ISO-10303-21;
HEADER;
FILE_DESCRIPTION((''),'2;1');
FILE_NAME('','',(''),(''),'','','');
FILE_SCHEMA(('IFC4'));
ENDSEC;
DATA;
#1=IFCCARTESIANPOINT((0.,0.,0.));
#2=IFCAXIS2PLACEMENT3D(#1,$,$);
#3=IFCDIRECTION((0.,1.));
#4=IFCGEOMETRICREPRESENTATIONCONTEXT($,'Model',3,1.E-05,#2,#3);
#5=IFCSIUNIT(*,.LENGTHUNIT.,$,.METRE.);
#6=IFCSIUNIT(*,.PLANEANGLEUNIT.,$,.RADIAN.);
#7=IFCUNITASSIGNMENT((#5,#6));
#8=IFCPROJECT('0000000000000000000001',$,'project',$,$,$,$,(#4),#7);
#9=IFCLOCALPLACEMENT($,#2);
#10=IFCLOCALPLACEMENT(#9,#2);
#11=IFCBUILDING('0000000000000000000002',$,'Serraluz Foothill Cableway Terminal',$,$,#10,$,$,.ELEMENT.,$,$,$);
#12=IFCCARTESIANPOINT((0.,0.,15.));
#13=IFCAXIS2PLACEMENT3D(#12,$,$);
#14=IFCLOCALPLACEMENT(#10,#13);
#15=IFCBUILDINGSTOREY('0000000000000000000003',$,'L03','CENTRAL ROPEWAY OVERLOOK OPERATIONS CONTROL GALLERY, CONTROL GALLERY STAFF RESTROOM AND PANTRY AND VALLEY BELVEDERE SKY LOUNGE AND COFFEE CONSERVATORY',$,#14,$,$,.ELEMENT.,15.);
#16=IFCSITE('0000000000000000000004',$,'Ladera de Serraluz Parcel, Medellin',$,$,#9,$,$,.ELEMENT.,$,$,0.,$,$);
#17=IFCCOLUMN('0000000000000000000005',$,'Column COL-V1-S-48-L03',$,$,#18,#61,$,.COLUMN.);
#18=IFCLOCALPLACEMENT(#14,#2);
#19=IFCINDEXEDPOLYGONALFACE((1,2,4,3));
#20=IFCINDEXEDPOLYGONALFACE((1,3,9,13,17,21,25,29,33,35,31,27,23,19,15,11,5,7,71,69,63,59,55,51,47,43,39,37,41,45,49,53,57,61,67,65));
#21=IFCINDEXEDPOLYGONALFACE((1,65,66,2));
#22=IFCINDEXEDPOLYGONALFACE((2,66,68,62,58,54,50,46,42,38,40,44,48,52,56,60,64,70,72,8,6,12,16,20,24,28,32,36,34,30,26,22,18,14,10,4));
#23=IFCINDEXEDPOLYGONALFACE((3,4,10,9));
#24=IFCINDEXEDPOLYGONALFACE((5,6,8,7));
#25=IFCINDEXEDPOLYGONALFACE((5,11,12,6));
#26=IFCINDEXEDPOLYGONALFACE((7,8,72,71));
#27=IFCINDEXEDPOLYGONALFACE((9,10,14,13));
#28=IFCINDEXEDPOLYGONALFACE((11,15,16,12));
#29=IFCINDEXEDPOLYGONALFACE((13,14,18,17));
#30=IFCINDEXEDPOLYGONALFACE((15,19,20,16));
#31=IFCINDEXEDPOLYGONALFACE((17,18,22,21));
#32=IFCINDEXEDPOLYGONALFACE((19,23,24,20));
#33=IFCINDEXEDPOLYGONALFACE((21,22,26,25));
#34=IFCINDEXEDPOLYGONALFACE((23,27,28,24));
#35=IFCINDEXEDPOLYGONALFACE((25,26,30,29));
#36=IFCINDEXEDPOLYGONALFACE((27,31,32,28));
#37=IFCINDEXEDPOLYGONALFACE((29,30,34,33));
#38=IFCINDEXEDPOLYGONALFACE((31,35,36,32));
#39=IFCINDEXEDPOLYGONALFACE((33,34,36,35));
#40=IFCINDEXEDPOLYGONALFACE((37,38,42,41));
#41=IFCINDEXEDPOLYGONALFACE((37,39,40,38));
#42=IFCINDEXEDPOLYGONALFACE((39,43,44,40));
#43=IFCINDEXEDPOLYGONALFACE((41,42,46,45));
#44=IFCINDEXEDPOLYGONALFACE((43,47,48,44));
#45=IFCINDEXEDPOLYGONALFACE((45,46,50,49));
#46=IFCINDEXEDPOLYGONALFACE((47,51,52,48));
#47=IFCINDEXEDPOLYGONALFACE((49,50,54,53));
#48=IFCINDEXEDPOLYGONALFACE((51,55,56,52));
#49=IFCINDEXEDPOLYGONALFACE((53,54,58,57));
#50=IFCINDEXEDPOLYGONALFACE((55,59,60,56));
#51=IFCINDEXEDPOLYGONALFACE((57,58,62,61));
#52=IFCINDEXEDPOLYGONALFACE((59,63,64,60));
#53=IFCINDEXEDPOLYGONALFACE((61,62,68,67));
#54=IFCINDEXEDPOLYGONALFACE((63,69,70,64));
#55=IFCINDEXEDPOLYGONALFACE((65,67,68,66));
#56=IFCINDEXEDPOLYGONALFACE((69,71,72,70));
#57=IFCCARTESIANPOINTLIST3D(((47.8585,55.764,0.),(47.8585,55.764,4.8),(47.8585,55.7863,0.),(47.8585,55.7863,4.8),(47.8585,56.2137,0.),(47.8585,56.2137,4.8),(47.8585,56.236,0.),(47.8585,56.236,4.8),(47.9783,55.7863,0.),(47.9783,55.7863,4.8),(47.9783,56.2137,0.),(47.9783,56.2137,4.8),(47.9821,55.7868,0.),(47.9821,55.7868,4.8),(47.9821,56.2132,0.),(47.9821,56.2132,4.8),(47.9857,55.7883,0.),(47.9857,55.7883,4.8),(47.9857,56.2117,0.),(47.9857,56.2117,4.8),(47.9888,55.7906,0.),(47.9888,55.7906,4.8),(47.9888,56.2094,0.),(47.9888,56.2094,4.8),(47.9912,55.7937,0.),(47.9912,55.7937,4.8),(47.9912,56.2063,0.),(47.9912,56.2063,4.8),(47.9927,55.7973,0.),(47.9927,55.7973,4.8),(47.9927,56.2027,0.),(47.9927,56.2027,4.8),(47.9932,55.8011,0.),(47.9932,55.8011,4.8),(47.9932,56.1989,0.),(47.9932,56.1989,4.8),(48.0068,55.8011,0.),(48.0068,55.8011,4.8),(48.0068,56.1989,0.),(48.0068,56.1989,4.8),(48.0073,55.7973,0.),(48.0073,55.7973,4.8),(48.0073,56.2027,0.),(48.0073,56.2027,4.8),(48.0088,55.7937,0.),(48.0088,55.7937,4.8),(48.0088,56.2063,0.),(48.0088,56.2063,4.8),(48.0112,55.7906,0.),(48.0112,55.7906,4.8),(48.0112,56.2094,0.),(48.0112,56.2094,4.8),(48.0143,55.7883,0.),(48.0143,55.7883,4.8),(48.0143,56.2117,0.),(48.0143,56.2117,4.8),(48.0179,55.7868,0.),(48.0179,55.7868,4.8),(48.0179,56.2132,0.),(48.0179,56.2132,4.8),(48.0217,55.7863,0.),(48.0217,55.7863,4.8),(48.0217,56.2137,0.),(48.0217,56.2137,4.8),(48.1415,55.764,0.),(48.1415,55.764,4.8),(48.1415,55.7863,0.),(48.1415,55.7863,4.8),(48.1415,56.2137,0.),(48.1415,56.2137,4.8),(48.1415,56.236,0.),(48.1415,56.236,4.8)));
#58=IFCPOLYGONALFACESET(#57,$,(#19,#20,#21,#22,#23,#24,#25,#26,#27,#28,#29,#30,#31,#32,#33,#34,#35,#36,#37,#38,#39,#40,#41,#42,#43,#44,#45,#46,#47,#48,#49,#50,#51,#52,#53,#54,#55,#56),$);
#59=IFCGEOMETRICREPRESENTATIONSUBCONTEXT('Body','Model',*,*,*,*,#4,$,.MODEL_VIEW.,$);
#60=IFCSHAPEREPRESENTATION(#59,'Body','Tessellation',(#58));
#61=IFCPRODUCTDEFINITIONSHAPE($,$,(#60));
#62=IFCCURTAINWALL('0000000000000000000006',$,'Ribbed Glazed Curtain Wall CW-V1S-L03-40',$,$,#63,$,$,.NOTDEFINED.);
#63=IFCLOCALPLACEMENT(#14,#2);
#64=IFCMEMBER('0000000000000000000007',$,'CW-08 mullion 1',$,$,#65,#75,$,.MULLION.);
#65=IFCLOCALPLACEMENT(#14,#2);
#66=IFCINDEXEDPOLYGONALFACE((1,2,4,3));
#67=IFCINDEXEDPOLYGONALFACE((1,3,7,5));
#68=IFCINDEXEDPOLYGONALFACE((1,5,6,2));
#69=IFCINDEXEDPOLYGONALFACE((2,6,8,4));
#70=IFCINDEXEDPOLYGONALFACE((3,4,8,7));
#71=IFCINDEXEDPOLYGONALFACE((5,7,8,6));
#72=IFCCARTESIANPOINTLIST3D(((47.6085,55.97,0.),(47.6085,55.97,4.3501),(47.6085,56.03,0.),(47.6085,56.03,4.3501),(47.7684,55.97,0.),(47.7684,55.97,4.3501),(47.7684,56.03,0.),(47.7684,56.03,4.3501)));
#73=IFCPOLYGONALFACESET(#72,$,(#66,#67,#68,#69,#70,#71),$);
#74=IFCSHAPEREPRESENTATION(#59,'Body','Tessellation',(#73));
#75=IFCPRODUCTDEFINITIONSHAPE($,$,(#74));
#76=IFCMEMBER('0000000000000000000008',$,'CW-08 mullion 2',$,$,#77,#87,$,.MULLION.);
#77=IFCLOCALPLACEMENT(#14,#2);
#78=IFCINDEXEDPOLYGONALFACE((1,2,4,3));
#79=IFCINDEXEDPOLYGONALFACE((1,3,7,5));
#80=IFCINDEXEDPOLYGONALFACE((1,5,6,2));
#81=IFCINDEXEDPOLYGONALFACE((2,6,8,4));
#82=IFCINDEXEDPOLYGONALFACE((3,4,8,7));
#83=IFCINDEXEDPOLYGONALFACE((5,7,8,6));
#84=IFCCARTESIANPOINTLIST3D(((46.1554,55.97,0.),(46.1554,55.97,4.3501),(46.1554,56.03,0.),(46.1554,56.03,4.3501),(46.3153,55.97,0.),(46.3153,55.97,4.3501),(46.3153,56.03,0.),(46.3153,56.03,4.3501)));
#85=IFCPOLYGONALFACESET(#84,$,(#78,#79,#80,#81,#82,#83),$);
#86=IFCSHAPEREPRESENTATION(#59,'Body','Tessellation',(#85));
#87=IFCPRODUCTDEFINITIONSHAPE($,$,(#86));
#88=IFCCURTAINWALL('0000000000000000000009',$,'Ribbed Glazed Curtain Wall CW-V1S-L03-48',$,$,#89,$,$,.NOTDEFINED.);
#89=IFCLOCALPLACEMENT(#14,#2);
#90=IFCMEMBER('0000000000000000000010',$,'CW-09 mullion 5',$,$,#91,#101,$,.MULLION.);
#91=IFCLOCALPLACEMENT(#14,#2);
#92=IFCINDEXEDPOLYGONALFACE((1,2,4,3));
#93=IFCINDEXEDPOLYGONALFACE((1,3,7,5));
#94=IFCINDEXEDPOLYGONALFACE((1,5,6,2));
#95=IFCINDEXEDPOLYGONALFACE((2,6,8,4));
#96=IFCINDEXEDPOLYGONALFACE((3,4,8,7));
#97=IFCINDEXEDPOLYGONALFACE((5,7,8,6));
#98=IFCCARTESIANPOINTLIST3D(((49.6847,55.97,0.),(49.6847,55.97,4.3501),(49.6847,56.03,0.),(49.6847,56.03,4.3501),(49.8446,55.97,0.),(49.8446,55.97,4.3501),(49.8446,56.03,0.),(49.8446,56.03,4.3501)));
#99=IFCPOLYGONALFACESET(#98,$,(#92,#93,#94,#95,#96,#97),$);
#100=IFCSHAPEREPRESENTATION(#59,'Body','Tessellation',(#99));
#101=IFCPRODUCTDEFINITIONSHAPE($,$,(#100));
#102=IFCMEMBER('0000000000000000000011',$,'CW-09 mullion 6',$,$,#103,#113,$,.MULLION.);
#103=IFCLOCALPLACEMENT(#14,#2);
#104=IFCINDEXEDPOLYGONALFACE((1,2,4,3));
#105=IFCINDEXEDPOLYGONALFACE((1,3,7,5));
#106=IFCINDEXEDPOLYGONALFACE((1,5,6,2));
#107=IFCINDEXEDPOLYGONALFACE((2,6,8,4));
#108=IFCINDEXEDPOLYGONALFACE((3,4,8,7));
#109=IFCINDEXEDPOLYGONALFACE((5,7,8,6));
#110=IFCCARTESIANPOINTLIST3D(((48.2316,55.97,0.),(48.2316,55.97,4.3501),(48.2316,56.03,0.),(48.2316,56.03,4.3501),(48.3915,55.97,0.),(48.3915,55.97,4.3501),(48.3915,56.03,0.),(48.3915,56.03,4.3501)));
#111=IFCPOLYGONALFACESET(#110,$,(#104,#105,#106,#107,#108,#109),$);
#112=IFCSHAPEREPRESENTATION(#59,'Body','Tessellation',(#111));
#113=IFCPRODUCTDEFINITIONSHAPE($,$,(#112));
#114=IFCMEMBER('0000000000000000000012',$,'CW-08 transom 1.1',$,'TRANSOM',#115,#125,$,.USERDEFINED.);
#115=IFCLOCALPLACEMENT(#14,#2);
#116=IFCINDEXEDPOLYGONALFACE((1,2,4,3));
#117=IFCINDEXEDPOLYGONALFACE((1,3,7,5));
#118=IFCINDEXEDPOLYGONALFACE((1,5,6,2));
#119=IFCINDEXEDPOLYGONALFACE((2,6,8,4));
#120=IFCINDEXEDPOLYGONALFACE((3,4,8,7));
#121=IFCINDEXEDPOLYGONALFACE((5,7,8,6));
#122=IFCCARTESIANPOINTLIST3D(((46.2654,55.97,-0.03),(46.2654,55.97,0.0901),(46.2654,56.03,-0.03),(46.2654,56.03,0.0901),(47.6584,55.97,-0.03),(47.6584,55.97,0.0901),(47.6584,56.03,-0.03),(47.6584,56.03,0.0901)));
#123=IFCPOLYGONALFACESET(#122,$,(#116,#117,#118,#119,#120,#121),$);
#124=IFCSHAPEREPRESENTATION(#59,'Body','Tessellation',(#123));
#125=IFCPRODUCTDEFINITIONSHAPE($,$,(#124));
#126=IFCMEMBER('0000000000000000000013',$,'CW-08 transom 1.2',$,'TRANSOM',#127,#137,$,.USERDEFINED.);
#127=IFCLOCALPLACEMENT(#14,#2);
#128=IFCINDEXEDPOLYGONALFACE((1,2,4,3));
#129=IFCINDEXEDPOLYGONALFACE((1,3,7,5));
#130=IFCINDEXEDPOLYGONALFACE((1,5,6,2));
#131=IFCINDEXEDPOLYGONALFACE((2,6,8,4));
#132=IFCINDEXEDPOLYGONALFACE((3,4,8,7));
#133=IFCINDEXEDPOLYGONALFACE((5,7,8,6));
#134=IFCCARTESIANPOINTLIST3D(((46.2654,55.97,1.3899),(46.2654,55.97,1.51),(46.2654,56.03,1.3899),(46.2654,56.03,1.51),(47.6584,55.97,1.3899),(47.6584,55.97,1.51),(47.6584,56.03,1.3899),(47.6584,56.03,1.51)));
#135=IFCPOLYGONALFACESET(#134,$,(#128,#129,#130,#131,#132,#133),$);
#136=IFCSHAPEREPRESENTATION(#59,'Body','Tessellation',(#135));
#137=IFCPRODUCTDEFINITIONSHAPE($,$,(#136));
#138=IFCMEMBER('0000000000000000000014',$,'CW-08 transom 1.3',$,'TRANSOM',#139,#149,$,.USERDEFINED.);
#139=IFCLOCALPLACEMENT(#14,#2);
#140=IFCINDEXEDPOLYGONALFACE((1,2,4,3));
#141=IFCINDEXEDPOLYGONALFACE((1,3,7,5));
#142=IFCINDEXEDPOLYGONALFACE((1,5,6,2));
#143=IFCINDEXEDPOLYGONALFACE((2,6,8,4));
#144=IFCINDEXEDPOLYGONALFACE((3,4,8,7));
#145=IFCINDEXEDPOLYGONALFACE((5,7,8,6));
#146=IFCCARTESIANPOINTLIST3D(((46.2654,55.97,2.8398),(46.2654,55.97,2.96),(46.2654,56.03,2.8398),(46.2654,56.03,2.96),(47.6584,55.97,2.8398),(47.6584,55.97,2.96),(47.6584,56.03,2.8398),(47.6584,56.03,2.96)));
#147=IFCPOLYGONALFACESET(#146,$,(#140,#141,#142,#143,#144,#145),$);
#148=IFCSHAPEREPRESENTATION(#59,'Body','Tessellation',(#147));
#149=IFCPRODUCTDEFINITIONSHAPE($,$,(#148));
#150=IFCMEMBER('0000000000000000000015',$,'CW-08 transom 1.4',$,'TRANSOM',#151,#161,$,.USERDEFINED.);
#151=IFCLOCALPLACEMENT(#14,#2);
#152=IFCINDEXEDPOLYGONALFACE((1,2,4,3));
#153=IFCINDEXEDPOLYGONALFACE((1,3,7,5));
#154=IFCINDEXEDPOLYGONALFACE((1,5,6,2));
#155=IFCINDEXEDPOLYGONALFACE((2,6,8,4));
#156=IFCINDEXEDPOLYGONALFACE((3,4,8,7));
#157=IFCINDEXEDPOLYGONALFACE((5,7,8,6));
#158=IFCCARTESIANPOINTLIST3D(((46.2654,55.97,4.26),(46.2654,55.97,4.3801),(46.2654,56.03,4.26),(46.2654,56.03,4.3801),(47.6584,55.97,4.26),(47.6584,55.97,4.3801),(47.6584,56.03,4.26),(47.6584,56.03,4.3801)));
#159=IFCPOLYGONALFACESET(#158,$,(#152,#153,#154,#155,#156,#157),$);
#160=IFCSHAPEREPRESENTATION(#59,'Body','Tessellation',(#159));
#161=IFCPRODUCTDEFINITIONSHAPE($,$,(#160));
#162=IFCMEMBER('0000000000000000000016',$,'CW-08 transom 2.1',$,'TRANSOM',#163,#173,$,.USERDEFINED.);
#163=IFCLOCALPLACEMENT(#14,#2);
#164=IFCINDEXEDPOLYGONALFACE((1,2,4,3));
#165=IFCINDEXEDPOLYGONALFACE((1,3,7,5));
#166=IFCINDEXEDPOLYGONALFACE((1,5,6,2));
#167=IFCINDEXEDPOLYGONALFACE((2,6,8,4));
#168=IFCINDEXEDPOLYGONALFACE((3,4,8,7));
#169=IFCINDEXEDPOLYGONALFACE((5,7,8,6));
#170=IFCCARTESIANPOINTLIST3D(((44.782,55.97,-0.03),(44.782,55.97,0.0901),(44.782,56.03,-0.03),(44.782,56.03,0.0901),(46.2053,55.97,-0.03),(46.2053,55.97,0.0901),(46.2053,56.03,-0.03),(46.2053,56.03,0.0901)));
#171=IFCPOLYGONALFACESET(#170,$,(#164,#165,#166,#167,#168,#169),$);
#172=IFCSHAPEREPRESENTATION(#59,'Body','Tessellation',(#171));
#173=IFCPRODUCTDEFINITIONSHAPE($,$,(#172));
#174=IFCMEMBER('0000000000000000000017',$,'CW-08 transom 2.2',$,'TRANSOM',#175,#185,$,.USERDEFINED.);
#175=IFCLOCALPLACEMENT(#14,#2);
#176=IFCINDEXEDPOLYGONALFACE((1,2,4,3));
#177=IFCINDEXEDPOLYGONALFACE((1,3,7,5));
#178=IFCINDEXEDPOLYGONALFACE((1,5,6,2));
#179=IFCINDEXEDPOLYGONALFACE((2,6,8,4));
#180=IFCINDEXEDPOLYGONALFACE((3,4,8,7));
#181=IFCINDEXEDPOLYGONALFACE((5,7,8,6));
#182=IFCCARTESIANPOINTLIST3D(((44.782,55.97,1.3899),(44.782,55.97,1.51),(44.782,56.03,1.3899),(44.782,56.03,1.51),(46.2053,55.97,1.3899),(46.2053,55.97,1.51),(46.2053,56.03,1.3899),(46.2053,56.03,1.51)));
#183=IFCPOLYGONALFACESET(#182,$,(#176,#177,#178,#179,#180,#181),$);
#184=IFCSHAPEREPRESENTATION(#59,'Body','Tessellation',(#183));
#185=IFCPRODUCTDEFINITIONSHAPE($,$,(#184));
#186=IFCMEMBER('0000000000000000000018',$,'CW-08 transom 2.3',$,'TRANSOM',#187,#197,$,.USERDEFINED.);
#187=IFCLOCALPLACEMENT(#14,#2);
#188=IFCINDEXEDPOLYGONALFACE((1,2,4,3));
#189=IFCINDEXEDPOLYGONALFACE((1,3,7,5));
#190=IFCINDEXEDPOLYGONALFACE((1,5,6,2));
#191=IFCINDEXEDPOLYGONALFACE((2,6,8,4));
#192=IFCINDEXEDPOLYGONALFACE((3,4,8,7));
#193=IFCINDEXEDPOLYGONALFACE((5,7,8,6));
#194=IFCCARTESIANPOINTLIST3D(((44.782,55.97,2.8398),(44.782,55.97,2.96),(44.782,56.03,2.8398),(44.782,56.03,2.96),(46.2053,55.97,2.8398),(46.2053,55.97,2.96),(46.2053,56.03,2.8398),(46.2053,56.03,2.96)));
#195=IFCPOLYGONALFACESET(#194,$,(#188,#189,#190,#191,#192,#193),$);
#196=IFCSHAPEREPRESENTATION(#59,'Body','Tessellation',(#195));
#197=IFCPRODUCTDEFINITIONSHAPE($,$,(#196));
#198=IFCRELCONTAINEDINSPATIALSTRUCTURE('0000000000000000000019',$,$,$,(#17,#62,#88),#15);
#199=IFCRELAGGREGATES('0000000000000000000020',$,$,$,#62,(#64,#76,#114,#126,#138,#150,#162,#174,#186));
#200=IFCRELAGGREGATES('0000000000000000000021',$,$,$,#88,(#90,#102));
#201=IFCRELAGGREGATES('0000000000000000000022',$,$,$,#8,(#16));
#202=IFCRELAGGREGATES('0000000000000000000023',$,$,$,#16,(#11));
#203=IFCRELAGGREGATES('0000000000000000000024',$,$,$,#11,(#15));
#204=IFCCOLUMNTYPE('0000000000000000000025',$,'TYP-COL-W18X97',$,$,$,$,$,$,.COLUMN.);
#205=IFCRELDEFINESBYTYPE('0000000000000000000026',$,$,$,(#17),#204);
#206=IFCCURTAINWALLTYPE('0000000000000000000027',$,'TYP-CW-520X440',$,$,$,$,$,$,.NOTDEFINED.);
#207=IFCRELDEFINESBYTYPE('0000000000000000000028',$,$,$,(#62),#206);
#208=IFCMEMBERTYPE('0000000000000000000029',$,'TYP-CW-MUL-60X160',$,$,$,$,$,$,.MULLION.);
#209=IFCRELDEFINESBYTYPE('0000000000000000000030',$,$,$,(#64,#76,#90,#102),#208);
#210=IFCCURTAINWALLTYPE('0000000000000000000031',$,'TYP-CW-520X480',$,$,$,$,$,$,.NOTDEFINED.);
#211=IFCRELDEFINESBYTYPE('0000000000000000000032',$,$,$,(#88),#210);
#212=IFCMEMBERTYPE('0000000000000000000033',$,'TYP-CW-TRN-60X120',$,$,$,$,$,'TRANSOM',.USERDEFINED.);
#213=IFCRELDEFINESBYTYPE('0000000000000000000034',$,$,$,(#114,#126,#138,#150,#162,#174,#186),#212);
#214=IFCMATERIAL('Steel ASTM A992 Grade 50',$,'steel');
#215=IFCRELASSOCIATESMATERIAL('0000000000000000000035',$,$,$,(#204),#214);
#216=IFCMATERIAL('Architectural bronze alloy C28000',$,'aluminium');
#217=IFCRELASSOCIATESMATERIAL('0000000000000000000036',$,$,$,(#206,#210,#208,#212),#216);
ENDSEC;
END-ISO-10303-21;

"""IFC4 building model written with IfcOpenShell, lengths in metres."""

from ifc_helpers import new_model, si_unit, direction, frame, origin, origin_2d, place, context, subcontext, project, spatial, rectangle, i_section, extrude, material, material_profile, profile_set, type_object, element, aggregate, save


model = new_model("IFC4")

# Units and contexts
model_context = context("Model", 3, precision=1e-05, world=origin(), true_north=direction((0.0, 1.0)))
body_context = subcontext(model_context, "Body", "Model", "MODEL_VIEW")
ifc_project = project(units=[si_unit("LENGTHUNIT", "METRE"), si_unit("PLANEANGLEUNIT", "RADIAN")], contexts=[model_context])

# Site, building, storey
site_placement = place(None, origin())
site = spatial("IfcSite", under=ifc_project, at=site_placement, Name="Ladera de Serraluz Parcel, Medellin", CompositionType="ELEMENT", RefElevation=0.0)
building_placement = place(site_placement, origin())
building = spatial("IfcBuilding", under=site, at=building_placement, Name="Serraluz Foothill Cableway Terminal", CompositionType="ELEMENT")
storey_placement = place(building_placement, frame((0.0, 0.0, 15.0)))
storey = spatial("IfcBuildingStorey", under=building, at=storey_placement, Name="L03", Description="CENTRAL ROPEWAY OVERLOOK OPERATIONS CONTROL GALLERY, CONTROL GALLERY STAFF RESTROOM AND PANTRY AND VALLEY BELVEDERE SKY LOUNGE AND COFFEE CONSERVATORY", CompositionType="ELEMENT", Elevation=15.0)

# Column
ifc_material_1 = material(Name="Steel ASTM A992 Grade 50", Category="steel")
ifc_material_profile_1 = material_profile(ifc_material_1, i_section(OverallWidth=0.283, OverallDepth=0.4719, WebThickness=0.0137, FlangeThickness=0.0222, FilletRadius=0.0149, at=origin_2d()), Name="W18X97")
ifc_profile_set_1 = profile_set([ifc_material_profile_1], Name="Steel ASTM A992 Grade 50")
column_type = type_object("IfcColumnType", Name="TYP-COL-W18X97", PredefinedType="COLUMN", material=ifc_profile_set_1)
column_placement = place(storey_placement, frame((48.0, 56.0, 0.0), z_axis=(0.0, 0.0, 1.0), x_axis=(1.0, 0.0, 0.0)))
element("IfcColumn", 1, at=column_placement, inside=storey, type_object=column_type, Name="Column COL-V1-S-48-L03", PredefinedType="COLUMN", context=body_context, shape_type="SweptSolid", body=[
    extrude(i_section(OverallWidth=0.283, OverallDepth=0.4719, WebThickness=0.0137, FlangeThickness=0.0222, FilletRadius=0.0149, at=origin_2d()), origin(), (0.0, 0.0, 1.0), 4.8),
])

# Curtain walls, members
ifc_material_2 = material(Name="Architectural bronze alloy C28000", Category="aluminium")
curtain_wall_type_1 = type_object("IfcCurtainWallType", Name="TYP-CW-520X440", PredefinedType="NOTDEFINED", material=ifc_material_2)
curtain_wall_1_placement = place(storey_placement, origin())
curtain_wall_1 = element("IfcCurtainWall", 2, at=curtain_wall_1_placement, inside=storey, type_object=curtain_wall_type_1, Name="Ribbed Glazed Curtain Wall CW-V1S-L03-40", PredefinedType="NOTDEFINED")
ifc_material_profile_2 = material_profile(ifc_material_2, rectangle(XDim=0.0601, YDim=0.1599, at=origin_2d()), Name="ALU MULLION 60x160")
ifc_profile_set_2 = profile_set([ifc_material_profile_2], Name="Architectural bronze alloy C28000")
member_type_1 = type_object("IfcMemberType", Name="TYP-CW-MUL-60X160", PredefinedType="MULLION", material=ifc_profile_set_2)
member_1_placement = place(storey_placement, frame((47.6885, 56.0, 0.0), z_axis=(0.0, 0.0, 1.0), x_axis=(0.0, -1.0, 0.0)))
member_1 = element("IfcMember", 3, at=member_1_placement, type_object=member_type_1, Name="CW-08 mullion 1", PredefinedType="MULLION", context=body_context, shape_type="SweptSolid", body=[
    extrude(rectangle(XDim=0.0601, YDim=0.1599, at=origin_2d()), origin(), (0.0, 0.0, 1.0), 4.3501),
])
member_2_placement = place(storey_placement, frame((46.2354, 56.0, 0.0), z_axis=(0.0, 0.0, 1.0), x_axis=(0.0, -1.0, 0.0)))
member_2 = element("IfcMember", 4, at=member_2_placement, type_object=member_type_1, Name="CW-08 mullion 2", PredefinedType="MULLION", context=body_context, shape_type="SweptSolid", body=[
    extrude(rectangle(XDim=0.0601, YDim=0.1599, at=origin_2d()), origin(), (0.0, 0.0, 1.0), 4.3501),
])
curtain_wall_type_2 = type_object("IfcCurtainWallType", Name="TYP-CW-520X480", PredefinedType="NOTDEFINED", material=ifc_material_2)
curtain_wall_2_placement = place(storey_placement, origin())
curtain_wall_2 = element("IfcCurtainWall", 5, at=curtain_wall_2_placement, inside=storey, type_object=curtain_wall_type_2, Name="Ribbed Glazed Curtain Wall CW-V1S-L03-48", PredefinedType="NOTDEFINED")
member_3_placement = place(storey_placement, frame((49.7646, 56.0, 0.0), z_axis=(0.0, 0.0, 1.0), x_axis=(0.0, -1.0, 0.0)))
member_3 = element("IfcMember", 6, at=member_3_placement, type_object=member_type_1, Name="CW-09 mullion 5", PredefinedType="MULLION", context=body_context, shape_type="SweptSolid", body=[
    extrude(rectangle(XDim=0.0601, YDim=0.1599, at=origin_2d()), origin(), (0.0, 0.0, 1.0), 4.3501),
])
member_4_placement = place(storey_placement, frame((48.3115, 56.0, 0.0), z_axis=(0.0, 0.0, 1.0), x_axis=(0.0, -1.0, 0.0)))
member_4 = element("IfcMember", 7, at=member_4_placement, type_object=member_type_1, Name="CW-09 mullion 6", PredefinedType="MULLION", context=body_context, shape_type="SweptSolid", body=[
    extrude(rectangle(XDim=0.0601, YDim=0.1599, at=origin_2d()), origin(), (0.0, 0.0, 1.0), 4.3501),
])

# Members
ifc_material_profile_3 = material_profile(ifc_material_2, rectangle(XDim=0.0601, YDim=0.1201, at=origin_2d()), Name="ALU TRANSOM 60x120")
ifc_profile_set_3 = profile_set([ifc_material_profile_3], Name="Architectural bronze alloy C28000")
member_type_2 = type_object("IfcMemberType", Name="TYP-CW-TRN-60X120", ElementType="TRANSOM", PredefinedType="USERDEFINED", material=ifc_profile_set_3)
member_5_placement = place(storey_placement, frame((47.6584, 56.0, 0.03), z_axis=(-1.0, 0.0, 0.0), x_axis=(0.0, -1.0, 0.0)))
member_5 = element("IfcMember", 8, at=member_5_placement, type_object=member_type_2, Name="CW-08 transom 1.1", ObjectType="TRANSOM", PredefinedType="USERDEFINED", context=body_context, shape_type="SweptSolid", body=[
    extrude(rectangle(XDim=0.0601, YDim=0.1201, at=origin_2d()), origin(), (0.0, 0.0, 1.0), 1.3931),
])
member_6_placement = place(storey_placement, frame((47.6584, 56.0, 1.45), z_axis=(-1.0, 0.0, 0.0), x_axis=(0.0, -1.0, 0.0)))
member_6 = element("IfcMember", 9, at=member_6_placement, type_object=member_type_2, Name="CW-08 transom 1.2", ObjectType="TRANSOM", PredefinedType="USERDEFINED", context=body_context, shape_type="SweptSolid", body=[
    extrude(rectangle(XDim=0.0601, YDim=0.1201, at=origin_2d()), origin(), (0.0, 0.0, 1.0), 1.3931),
])
member_7_placement = place(storey_placement, frame((47.6584, 56.0, 2.8999), z_axis=(-1.0, 0.0, 0.0), x_axis=(0.0, -1.0, 0.0)))
member_7 = element("IfcMember", 10, at=member_7_placement, type_object=member_type_2, Name="CW-08 transom 1.3", ObjectType="TRANSOM", PredefinedType="USERDEFINED", context=body_context, shape_type="SweptSolid", body=[
    extrude(rectangle(XDim=0.0601, YDim=0.1201, at=origin_2d()), origin(), (0.0, 0.0, 1.0), 1.3931),
])
member_8_placement = place(storey_placement, frame((47.6584, 56.0, 4.3201), z_axis=(-1.0, 0.0, 0.0), x_axis=(0.0, -1.0, 0.0)))
member_8 = element("IfcMember", 11, at=member_8_placement, type_object=member_type_2, Name="CW-08 transom 1.4", ObjectType="TRANSOM", PredefinedType="USERDEFINED", context=body_context, shape_type="SweptSolid", body=[
    extrude(rectangle(XDim=0.0601, YDim=0.1201, at=origin_2d()), origin(), (0.0, 0.0, 1.0), 1.3931),
])
member_9_placement = place(storey_placement, frame((46.2053, 56.0, 0.03), z_axis=(-1.0, 0.0, 0.0), x_axis=(0.0, -1.0, 0.0)))
member_9 = element("IfcMember", 12, at=member_9_placement, type_object=member_type_2, Name="CW-08 transom 2.1", ObjectType="TRANSOM", PredefinedType="USERDEFINED", context=body_context, shape_type="SweptSolid", body=[
    extrude(rectangle(XDim=0.0601, YDim=0.1201, at=origin_2d()), origin(), (0.0, 0.0, 1.0), 1.4233),
])
member_10_placement = place(storey_placement, frame((46.2053, 56.0, 1.45), z_axis=(-1.0, 0.0, 0.0), x_axis=(0.0, -1.0, 0.0)))
member_10 = element("IfcMember", 13, at=member_10_placement, type_object=member_type_2, Name="CW-08 transom 2.2", ObjectType="TRANSOM", PredefinedType="USERDEFINED", context=body_context, shape_type="SweptSolid", body=[
    extrude(rectangle(XDim=0.0601, YDim=0.1201, at=origin_2d()), origin(), (0.0, 0.0, 1.0), 1.4233),
])
member_11_placement = place(storey_placement, frame((46.2053, 56.0, 2.8999), z_axis=(-1.0, 0.0, 0.0), x_axis=(0.0, -1.0, 0.0)))
member_11 = element("IfcMember", 14, at=member_11_placement, type_object=member_type_2, Name="CW-08 transom 2.3", ObjectType="TRANSOM", PredefinedType="USERDEFINED", context=body_context, shape_type="SweptSolid", body=[
    extrude(rectangle(XDim=0.0601, YDim=0.1201, at=origin_2d()), origin(), (0.0, 0.0, 1.0), 1.4233),
])

aggregate(curtain_wall_1, [member_1, member_2, member_5, member_6, member_7, member_8, member_9, member_10, member_11])
aggregate(curtain_wall_2, [member_3, member_4])

save(model, "model.ifc")
